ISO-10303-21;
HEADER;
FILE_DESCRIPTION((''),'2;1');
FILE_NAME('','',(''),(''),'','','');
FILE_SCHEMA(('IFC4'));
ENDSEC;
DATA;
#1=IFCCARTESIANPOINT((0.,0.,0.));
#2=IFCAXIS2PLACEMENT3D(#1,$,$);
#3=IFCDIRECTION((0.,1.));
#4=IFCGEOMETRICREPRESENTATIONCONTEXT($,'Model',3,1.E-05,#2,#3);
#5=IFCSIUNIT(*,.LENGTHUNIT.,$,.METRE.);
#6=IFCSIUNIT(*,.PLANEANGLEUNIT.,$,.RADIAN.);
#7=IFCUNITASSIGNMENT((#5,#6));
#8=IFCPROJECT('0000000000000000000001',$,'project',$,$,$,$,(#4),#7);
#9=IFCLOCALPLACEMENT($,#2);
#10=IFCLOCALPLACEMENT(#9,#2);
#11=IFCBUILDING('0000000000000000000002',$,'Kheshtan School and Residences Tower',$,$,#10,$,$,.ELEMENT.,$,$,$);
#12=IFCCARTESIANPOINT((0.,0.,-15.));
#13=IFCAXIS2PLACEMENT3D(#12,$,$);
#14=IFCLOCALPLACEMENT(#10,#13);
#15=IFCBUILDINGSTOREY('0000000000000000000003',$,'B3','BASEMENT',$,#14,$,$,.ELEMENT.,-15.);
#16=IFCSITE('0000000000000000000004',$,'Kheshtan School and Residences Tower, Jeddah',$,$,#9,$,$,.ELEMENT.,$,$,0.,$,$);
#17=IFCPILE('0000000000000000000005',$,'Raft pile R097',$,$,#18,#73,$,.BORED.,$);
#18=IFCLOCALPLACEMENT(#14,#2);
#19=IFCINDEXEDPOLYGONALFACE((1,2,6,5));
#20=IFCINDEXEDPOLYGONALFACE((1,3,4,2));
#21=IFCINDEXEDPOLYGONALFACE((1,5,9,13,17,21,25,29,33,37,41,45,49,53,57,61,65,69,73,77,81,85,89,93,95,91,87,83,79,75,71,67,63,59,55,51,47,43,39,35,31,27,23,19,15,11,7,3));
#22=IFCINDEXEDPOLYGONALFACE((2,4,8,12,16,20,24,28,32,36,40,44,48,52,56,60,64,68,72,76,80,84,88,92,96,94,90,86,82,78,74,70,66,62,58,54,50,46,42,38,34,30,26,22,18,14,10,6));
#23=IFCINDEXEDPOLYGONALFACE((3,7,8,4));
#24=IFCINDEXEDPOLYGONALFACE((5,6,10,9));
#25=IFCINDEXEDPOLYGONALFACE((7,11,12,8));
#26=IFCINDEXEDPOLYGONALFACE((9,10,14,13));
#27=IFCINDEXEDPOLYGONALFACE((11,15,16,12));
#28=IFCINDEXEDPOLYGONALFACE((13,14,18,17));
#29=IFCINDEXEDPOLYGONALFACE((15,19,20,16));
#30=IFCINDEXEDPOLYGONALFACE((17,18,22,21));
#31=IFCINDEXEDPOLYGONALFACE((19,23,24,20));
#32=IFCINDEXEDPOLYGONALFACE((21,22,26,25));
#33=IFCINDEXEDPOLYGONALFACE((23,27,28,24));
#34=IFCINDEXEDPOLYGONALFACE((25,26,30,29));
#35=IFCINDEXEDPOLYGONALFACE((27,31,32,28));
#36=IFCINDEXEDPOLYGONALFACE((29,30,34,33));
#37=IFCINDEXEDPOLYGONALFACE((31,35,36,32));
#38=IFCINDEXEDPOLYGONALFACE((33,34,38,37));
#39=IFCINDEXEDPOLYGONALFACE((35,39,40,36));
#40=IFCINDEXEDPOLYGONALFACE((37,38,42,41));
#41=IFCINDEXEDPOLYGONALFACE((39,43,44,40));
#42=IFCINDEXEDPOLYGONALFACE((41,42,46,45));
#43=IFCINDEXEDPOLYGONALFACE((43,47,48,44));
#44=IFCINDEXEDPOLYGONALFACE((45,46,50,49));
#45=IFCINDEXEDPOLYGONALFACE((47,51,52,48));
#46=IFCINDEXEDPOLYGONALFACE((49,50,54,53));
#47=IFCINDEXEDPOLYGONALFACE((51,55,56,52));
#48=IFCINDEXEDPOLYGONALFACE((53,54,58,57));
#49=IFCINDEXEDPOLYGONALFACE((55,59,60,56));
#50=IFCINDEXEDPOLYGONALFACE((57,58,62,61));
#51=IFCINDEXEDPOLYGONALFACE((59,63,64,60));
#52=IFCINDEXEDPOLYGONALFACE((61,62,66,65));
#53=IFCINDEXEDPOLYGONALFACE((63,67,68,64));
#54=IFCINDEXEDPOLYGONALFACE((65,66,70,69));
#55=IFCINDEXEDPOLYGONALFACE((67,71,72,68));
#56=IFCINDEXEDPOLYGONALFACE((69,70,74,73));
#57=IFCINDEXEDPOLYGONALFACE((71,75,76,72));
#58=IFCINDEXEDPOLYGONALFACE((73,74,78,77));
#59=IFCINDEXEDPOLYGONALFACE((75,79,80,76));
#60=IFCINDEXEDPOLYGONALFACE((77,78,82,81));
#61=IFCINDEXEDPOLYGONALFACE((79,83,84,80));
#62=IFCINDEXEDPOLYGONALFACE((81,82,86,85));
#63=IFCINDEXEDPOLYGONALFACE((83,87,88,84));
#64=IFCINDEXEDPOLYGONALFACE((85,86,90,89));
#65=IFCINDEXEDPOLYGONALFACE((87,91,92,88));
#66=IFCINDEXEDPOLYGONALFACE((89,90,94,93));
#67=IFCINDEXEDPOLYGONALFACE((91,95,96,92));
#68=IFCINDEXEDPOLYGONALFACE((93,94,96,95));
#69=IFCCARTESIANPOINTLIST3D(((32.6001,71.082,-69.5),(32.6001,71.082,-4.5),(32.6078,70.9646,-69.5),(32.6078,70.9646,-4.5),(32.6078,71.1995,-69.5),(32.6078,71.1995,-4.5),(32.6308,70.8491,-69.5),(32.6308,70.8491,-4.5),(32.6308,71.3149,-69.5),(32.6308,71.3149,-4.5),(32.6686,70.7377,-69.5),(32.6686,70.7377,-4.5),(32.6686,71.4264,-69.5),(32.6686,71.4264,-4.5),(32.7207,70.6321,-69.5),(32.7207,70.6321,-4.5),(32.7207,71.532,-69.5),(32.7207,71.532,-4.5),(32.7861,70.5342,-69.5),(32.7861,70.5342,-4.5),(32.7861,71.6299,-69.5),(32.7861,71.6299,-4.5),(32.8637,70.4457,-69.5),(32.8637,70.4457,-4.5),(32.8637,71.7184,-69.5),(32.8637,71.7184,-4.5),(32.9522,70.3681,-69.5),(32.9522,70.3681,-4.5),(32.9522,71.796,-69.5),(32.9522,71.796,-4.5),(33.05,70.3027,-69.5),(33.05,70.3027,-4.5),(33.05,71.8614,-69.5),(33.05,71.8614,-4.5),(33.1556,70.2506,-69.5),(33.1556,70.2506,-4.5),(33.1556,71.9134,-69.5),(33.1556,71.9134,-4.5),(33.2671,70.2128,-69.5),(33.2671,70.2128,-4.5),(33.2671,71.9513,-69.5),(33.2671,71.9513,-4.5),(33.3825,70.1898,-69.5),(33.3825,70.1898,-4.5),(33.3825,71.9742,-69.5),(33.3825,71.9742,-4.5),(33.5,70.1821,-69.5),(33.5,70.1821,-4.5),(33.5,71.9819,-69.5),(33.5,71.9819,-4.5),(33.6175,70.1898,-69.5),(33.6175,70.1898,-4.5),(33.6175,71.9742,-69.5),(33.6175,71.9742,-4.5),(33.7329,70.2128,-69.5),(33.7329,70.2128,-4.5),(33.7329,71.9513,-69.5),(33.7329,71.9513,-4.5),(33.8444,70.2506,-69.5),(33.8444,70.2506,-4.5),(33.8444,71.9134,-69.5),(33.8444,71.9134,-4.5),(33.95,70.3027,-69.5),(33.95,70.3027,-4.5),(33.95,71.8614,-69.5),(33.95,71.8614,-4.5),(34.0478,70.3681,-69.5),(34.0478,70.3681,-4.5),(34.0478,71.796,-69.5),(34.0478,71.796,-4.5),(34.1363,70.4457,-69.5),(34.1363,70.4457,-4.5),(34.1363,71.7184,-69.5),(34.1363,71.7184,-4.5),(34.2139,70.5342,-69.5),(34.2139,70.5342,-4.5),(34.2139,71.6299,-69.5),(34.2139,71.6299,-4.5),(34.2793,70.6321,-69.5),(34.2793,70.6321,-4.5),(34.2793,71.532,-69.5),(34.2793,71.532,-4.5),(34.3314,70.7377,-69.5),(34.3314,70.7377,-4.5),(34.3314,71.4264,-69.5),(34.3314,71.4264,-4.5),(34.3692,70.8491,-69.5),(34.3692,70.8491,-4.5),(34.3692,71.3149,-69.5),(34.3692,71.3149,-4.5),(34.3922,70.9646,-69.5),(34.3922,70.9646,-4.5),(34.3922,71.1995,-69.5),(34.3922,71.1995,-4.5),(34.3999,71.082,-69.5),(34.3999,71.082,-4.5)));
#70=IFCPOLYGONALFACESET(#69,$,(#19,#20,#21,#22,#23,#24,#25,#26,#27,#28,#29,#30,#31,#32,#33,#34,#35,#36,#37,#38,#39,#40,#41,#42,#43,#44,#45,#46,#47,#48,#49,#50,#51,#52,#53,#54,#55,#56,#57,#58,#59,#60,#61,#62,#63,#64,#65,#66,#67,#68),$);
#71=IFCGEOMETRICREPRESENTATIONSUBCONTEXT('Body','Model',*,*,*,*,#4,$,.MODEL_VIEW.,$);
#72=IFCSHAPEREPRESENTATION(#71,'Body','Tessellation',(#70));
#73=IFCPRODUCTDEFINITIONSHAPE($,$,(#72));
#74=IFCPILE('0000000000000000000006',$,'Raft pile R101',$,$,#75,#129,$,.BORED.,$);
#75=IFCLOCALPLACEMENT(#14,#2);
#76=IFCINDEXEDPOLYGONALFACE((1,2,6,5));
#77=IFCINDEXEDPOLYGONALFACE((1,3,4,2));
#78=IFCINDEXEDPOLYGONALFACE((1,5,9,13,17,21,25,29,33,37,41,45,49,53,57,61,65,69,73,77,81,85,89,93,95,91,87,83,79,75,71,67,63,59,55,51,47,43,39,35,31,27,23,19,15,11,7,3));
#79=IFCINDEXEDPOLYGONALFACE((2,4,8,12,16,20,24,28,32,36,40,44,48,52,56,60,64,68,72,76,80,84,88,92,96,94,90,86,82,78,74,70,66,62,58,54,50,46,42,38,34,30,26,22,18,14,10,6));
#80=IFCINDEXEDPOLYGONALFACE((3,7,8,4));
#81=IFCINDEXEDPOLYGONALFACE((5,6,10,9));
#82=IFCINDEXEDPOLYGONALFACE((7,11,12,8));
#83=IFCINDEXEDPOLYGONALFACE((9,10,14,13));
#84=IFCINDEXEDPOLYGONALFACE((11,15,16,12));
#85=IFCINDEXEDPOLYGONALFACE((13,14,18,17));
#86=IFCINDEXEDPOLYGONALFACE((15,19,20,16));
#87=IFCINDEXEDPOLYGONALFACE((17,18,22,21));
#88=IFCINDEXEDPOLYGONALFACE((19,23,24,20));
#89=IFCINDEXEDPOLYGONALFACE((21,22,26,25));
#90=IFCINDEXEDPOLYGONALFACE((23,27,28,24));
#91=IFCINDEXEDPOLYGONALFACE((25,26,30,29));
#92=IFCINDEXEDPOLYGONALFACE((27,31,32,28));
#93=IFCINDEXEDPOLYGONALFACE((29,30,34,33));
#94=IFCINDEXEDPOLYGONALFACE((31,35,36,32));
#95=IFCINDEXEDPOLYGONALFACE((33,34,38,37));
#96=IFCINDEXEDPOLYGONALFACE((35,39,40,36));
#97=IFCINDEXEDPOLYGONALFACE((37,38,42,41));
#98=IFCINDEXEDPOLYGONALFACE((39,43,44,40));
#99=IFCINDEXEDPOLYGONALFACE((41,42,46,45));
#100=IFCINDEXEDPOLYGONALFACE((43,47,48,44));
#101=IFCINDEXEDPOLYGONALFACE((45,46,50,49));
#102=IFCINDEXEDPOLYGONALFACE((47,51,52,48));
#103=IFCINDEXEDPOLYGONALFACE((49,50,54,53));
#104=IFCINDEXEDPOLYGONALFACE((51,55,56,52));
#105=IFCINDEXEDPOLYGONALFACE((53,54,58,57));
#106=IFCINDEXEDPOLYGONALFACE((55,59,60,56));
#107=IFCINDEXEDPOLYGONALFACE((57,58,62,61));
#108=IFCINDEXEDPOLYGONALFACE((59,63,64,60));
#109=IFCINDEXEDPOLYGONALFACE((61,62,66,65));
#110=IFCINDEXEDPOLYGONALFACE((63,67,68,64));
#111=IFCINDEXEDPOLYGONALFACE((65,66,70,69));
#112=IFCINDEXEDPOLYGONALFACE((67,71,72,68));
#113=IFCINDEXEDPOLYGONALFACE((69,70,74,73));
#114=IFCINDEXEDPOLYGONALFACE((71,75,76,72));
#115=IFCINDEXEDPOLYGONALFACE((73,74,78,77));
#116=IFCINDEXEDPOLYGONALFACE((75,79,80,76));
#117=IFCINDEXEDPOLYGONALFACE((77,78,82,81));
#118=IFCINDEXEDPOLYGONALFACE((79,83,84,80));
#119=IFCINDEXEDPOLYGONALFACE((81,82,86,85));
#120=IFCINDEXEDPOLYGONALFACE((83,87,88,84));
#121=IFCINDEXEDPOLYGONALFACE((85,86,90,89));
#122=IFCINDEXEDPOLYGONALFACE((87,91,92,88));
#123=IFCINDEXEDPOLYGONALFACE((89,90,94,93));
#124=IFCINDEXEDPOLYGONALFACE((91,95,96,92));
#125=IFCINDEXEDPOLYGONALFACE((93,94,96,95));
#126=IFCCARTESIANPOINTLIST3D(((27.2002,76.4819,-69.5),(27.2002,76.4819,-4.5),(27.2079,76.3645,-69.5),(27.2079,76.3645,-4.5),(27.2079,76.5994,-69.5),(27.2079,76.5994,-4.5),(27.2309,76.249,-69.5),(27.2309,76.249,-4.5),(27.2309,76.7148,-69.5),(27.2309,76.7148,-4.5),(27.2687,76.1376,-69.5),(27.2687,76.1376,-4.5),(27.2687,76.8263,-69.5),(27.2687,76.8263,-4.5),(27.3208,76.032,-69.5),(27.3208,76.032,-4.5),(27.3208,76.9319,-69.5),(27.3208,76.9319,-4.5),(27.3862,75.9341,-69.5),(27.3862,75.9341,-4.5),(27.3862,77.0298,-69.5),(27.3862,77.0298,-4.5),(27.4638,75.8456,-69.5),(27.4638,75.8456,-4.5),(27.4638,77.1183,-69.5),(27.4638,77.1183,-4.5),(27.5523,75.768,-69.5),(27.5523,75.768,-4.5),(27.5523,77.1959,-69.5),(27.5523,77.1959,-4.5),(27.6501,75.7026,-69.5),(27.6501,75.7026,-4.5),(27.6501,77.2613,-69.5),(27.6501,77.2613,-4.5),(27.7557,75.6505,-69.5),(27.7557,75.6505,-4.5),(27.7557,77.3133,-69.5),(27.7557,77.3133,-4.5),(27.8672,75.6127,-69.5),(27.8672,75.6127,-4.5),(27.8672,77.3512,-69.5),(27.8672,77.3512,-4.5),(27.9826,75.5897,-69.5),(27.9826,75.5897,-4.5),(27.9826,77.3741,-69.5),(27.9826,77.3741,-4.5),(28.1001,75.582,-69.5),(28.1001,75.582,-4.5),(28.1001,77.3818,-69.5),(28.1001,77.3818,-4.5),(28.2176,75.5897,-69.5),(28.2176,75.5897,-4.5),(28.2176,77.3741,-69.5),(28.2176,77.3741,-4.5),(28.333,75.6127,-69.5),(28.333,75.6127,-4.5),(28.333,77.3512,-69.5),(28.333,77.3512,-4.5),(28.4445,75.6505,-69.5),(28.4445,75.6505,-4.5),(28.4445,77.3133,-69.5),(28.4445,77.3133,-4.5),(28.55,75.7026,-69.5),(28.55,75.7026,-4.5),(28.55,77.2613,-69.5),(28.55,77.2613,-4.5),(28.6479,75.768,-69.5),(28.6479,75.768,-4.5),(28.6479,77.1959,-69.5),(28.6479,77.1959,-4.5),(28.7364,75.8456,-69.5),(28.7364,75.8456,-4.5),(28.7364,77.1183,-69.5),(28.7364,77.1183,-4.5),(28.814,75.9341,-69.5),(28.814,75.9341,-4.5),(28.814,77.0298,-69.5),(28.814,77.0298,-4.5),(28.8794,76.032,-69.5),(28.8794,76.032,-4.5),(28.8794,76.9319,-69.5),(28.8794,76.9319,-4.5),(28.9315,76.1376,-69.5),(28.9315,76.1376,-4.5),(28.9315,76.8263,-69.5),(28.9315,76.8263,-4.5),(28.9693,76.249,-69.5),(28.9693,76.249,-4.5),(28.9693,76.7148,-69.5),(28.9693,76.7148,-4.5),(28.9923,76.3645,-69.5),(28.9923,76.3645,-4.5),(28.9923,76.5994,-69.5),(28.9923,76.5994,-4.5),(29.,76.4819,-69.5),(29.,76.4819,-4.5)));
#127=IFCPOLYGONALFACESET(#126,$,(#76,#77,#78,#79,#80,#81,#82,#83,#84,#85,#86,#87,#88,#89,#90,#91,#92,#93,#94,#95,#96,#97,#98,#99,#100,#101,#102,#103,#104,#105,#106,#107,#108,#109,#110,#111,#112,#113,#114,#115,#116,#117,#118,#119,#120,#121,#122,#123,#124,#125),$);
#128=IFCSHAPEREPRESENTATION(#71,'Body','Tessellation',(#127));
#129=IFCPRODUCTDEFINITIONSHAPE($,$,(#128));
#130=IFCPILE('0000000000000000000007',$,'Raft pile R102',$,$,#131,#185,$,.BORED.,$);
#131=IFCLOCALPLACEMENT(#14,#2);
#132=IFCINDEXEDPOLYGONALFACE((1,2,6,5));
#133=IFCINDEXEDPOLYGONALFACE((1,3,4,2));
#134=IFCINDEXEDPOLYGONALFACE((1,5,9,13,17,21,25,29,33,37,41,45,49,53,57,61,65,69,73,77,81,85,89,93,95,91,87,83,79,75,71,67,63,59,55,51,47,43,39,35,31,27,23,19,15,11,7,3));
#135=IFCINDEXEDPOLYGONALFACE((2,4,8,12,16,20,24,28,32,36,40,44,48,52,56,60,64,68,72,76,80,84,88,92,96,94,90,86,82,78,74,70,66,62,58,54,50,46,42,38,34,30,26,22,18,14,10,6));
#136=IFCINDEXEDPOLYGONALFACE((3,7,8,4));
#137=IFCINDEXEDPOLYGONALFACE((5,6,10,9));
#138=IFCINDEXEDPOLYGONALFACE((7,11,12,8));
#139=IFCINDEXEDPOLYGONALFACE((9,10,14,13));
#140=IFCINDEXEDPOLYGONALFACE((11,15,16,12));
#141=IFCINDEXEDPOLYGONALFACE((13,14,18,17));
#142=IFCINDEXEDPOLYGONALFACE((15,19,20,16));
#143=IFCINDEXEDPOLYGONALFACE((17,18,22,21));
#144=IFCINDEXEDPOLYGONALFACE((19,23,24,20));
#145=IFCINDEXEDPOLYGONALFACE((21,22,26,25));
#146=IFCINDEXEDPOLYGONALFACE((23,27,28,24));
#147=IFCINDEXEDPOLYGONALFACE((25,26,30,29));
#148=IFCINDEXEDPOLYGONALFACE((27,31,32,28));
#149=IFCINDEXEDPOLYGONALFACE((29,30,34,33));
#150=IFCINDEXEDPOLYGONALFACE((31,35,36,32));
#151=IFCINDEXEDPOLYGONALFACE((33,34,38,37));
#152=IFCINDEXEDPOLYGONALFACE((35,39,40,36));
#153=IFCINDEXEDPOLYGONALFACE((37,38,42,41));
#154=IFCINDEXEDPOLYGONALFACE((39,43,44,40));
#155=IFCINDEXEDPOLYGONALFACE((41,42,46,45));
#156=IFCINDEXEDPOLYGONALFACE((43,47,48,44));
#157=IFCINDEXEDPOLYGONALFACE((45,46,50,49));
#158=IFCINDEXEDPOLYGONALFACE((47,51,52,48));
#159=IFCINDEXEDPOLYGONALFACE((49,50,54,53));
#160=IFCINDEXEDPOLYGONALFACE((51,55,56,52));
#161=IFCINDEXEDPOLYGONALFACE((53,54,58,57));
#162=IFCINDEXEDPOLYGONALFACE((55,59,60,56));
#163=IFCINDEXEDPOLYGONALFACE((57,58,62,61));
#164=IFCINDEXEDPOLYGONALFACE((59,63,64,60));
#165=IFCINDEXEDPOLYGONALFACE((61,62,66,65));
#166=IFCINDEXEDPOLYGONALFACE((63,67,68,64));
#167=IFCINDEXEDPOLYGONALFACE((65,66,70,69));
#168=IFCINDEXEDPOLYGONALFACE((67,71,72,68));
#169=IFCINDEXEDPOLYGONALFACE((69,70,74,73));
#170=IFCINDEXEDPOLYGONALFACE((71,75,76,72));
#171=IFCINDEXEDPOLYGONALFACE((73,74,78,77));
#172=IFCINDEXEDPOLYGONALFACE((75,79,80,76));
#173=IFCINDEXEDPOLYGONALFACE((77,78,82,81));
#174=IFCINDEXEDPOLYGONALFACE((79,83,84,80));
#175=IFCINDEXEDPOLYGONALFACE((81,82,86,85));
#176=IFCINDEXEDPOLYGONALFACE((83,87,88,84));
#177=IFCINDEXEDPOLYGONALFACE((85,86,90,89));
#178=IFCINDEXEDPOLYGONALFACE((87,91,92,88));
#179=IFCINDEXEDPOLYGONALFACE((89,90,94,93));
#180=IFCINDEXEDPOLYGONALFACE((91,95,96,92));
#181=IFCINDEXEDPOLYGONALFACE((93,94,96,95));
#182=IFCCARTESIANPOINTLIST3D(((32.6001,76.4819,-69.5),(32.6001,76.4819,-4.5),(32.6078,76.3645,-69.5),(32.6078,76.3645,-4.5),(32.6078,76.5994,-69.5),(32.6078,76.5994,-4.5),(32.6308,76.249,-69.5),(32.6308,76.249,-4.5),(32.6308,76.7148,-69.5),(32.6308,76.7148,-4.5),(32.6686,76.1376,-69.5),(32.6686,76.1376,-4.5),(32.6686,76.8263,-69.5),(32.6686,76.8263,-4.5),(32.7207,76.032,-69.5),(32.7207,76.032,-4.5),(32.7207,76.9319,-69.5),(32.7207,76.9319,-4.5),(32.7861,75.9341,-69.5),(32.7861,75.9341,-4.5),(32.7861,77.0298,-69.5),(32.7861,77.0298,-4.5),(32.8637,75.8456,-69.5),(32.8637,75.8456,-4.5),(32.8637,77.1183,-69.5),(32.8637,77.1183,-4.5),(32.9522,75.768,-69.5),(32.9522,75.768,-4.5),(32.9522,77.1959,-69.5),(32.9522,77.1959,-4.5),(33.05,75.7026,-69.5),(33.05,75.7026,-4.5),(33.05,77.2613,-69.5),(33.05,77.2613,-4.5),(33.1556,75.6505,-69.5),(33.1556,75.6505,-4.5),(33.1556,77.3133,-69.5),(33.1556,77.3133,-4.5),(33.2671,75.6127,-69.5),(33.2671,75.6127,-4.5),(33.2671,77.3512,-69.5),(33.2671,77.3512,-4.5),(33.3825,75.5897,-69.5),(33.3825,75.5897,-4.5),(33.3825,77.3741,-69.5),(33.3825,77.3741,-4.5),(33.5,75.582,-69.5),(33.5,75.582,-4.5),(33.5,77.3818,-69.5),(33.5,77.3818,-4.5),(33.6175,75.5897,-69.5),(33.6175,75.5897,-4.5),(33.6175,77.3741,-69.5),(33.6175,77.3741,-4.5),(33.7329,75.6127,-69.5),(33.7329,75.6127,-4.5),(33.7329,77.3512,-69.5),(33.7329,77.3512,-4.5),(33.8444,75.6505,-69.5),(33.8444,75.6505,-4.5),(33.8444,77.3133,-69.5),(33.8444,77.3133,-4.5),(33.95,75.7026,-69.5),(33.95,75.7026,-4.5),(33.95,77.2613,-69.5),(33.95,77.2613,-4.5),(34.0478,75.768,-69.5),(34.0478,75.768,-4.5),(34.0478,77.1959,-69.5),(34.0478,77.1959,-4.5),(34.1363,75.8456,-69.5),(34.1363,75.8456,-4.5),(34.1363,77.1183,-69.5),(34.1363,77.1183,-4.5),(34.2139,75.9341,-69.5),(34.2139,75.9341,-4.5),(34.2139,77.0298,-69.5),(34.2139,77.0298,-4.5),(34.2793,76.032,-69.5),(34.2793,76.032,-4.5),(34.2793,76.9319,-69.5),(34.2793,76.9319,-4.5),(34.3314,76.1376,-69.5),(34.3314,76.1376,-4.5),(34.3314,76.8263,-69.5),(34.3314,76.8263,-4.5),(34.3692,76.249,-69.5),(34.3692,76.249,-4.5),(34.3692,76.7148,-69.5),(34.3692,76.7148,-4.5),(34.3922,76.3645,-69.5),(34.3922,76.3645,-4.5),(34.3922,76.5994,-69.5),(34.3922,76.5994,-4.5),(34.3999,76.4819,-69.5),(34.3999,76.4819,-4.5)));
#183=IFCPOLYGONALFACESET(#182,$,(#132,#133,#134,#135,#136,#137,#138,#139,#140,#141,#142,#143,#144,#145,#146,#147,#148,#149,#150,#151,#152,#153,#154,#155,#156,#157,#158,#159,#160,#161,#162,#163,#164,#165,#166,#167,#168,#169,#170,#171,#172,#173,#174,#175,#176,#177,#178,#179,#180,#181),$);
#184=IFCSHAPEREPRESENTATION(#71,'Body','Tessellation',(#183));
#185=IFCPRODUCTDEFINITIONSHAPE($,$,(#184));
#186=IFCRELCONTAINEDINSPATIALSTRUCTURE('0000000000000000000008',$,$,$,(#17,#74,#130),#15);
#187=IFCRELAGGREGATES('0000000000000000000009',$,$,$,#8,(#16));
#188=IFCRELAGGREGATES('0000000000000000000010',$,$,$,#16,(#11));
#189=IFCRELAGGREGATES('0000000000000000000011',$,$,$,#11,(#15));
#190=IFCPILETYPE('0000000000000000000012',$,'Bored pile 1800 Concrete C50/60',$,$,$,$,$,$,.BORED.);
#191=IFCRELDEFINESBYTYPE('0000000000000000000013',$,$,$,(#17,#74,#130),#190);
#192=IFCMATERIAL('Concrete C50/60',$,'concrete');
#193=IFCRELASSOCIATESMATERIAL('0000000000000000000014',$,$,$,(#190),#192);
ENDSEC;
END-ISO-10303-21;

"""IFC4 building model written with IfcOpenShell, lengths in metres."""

from ifc_helpers import new_model, si_unit, direction, frame, origin, origin_2d, place, context, subcontext, project, spatial, circle, extrude, material, material_profile, profile_set, type_object, element, save


model = new_model("IFC4")

# Units and contexts
model_context = context("Model", 3, precision=1e-05, world=origin(), true_north=direction((0.0, 1.0)))
body_context = subcontext(model_context, "Body", "Model", "MODEL_VIEW")
ifc_project = project(units=[si_unit("LENGTHUNIT", "METRE"), si_unit("PLANEANGLEUNIT", "RADIAN")], contexts=[model_context])

# Site, building, storey
site_placement = place(None, origin())
site = spatial("IfcSite", under=ifc_project, at=site_placement, Name="Kheshtan School and Residences Tower, Jeddah", CompositionType="ELEMENT", RefElevation=0.0)
building_placement = place(site_placement, origin())
building = spatial("IfcBuilding", under=site, at=building_placement, Name="Kheshtan School and Residences Tower", CompositionType="ELEMENT")
storey_placement = place(building_placement, frame((0.0, 0.0, -15.0)))
storey = spatial("IfcBuildingStorey", under=building, at=storey_placement, Name="B3", Description="BASEMENT", CompositionType="ELEMENT", Elevation=-15.0)

# Piles
ifc_material_1 = material(Name="Concrete C50/60", Category="concrete")
ifc_material_profile_1 = material_profile(ifc_material_1, circle(Radius=0.8999, at=origin_2d()), Name="BP 1800")
ifc_profile_set_1 = profile_set([ifc_material_profile_1], Name="Concrete C50/60")
pile_type_1 = type_object("IfcPileType", Name="Bored pile 1800 Concrete C50/60", PredefinedType="BORED", material=ifc_profile_set_1)
for number, where, z_axis, x_axis, name in (
    (1, (33.5, 71.082, -4.5), (0.0, 0.0, -1.0), (1.0, 0.0, 0.0), "Raft pile R097"),
    (2, (28.1001, 76.4819, -4.5), (0.0, 0.0, -1.0), (1.0, 0.0, 0.0), "Raft pile R101"),
    (3, (33.5, 76.4819, -4.5), (0.0, 0.0, -1.0), (1.0, 0.0, 0.0), "Raft pile R102"),
):
    element("IfcPile", number, at=place(storey_placement, frame(where, z_axis=z_axis, x_axis=x_axis)), inside=storey, type_object=pile_type_1, Name=name, PredefinedType="BORED", context=body_context, shape_type="SweptSolid", body=[
        extrude(circle(Radius=0.8999, at=origin_2d()), origin(), (0.0, 0.0, 1.0), 65.0),
    ])

save(model, "model.ifc")
